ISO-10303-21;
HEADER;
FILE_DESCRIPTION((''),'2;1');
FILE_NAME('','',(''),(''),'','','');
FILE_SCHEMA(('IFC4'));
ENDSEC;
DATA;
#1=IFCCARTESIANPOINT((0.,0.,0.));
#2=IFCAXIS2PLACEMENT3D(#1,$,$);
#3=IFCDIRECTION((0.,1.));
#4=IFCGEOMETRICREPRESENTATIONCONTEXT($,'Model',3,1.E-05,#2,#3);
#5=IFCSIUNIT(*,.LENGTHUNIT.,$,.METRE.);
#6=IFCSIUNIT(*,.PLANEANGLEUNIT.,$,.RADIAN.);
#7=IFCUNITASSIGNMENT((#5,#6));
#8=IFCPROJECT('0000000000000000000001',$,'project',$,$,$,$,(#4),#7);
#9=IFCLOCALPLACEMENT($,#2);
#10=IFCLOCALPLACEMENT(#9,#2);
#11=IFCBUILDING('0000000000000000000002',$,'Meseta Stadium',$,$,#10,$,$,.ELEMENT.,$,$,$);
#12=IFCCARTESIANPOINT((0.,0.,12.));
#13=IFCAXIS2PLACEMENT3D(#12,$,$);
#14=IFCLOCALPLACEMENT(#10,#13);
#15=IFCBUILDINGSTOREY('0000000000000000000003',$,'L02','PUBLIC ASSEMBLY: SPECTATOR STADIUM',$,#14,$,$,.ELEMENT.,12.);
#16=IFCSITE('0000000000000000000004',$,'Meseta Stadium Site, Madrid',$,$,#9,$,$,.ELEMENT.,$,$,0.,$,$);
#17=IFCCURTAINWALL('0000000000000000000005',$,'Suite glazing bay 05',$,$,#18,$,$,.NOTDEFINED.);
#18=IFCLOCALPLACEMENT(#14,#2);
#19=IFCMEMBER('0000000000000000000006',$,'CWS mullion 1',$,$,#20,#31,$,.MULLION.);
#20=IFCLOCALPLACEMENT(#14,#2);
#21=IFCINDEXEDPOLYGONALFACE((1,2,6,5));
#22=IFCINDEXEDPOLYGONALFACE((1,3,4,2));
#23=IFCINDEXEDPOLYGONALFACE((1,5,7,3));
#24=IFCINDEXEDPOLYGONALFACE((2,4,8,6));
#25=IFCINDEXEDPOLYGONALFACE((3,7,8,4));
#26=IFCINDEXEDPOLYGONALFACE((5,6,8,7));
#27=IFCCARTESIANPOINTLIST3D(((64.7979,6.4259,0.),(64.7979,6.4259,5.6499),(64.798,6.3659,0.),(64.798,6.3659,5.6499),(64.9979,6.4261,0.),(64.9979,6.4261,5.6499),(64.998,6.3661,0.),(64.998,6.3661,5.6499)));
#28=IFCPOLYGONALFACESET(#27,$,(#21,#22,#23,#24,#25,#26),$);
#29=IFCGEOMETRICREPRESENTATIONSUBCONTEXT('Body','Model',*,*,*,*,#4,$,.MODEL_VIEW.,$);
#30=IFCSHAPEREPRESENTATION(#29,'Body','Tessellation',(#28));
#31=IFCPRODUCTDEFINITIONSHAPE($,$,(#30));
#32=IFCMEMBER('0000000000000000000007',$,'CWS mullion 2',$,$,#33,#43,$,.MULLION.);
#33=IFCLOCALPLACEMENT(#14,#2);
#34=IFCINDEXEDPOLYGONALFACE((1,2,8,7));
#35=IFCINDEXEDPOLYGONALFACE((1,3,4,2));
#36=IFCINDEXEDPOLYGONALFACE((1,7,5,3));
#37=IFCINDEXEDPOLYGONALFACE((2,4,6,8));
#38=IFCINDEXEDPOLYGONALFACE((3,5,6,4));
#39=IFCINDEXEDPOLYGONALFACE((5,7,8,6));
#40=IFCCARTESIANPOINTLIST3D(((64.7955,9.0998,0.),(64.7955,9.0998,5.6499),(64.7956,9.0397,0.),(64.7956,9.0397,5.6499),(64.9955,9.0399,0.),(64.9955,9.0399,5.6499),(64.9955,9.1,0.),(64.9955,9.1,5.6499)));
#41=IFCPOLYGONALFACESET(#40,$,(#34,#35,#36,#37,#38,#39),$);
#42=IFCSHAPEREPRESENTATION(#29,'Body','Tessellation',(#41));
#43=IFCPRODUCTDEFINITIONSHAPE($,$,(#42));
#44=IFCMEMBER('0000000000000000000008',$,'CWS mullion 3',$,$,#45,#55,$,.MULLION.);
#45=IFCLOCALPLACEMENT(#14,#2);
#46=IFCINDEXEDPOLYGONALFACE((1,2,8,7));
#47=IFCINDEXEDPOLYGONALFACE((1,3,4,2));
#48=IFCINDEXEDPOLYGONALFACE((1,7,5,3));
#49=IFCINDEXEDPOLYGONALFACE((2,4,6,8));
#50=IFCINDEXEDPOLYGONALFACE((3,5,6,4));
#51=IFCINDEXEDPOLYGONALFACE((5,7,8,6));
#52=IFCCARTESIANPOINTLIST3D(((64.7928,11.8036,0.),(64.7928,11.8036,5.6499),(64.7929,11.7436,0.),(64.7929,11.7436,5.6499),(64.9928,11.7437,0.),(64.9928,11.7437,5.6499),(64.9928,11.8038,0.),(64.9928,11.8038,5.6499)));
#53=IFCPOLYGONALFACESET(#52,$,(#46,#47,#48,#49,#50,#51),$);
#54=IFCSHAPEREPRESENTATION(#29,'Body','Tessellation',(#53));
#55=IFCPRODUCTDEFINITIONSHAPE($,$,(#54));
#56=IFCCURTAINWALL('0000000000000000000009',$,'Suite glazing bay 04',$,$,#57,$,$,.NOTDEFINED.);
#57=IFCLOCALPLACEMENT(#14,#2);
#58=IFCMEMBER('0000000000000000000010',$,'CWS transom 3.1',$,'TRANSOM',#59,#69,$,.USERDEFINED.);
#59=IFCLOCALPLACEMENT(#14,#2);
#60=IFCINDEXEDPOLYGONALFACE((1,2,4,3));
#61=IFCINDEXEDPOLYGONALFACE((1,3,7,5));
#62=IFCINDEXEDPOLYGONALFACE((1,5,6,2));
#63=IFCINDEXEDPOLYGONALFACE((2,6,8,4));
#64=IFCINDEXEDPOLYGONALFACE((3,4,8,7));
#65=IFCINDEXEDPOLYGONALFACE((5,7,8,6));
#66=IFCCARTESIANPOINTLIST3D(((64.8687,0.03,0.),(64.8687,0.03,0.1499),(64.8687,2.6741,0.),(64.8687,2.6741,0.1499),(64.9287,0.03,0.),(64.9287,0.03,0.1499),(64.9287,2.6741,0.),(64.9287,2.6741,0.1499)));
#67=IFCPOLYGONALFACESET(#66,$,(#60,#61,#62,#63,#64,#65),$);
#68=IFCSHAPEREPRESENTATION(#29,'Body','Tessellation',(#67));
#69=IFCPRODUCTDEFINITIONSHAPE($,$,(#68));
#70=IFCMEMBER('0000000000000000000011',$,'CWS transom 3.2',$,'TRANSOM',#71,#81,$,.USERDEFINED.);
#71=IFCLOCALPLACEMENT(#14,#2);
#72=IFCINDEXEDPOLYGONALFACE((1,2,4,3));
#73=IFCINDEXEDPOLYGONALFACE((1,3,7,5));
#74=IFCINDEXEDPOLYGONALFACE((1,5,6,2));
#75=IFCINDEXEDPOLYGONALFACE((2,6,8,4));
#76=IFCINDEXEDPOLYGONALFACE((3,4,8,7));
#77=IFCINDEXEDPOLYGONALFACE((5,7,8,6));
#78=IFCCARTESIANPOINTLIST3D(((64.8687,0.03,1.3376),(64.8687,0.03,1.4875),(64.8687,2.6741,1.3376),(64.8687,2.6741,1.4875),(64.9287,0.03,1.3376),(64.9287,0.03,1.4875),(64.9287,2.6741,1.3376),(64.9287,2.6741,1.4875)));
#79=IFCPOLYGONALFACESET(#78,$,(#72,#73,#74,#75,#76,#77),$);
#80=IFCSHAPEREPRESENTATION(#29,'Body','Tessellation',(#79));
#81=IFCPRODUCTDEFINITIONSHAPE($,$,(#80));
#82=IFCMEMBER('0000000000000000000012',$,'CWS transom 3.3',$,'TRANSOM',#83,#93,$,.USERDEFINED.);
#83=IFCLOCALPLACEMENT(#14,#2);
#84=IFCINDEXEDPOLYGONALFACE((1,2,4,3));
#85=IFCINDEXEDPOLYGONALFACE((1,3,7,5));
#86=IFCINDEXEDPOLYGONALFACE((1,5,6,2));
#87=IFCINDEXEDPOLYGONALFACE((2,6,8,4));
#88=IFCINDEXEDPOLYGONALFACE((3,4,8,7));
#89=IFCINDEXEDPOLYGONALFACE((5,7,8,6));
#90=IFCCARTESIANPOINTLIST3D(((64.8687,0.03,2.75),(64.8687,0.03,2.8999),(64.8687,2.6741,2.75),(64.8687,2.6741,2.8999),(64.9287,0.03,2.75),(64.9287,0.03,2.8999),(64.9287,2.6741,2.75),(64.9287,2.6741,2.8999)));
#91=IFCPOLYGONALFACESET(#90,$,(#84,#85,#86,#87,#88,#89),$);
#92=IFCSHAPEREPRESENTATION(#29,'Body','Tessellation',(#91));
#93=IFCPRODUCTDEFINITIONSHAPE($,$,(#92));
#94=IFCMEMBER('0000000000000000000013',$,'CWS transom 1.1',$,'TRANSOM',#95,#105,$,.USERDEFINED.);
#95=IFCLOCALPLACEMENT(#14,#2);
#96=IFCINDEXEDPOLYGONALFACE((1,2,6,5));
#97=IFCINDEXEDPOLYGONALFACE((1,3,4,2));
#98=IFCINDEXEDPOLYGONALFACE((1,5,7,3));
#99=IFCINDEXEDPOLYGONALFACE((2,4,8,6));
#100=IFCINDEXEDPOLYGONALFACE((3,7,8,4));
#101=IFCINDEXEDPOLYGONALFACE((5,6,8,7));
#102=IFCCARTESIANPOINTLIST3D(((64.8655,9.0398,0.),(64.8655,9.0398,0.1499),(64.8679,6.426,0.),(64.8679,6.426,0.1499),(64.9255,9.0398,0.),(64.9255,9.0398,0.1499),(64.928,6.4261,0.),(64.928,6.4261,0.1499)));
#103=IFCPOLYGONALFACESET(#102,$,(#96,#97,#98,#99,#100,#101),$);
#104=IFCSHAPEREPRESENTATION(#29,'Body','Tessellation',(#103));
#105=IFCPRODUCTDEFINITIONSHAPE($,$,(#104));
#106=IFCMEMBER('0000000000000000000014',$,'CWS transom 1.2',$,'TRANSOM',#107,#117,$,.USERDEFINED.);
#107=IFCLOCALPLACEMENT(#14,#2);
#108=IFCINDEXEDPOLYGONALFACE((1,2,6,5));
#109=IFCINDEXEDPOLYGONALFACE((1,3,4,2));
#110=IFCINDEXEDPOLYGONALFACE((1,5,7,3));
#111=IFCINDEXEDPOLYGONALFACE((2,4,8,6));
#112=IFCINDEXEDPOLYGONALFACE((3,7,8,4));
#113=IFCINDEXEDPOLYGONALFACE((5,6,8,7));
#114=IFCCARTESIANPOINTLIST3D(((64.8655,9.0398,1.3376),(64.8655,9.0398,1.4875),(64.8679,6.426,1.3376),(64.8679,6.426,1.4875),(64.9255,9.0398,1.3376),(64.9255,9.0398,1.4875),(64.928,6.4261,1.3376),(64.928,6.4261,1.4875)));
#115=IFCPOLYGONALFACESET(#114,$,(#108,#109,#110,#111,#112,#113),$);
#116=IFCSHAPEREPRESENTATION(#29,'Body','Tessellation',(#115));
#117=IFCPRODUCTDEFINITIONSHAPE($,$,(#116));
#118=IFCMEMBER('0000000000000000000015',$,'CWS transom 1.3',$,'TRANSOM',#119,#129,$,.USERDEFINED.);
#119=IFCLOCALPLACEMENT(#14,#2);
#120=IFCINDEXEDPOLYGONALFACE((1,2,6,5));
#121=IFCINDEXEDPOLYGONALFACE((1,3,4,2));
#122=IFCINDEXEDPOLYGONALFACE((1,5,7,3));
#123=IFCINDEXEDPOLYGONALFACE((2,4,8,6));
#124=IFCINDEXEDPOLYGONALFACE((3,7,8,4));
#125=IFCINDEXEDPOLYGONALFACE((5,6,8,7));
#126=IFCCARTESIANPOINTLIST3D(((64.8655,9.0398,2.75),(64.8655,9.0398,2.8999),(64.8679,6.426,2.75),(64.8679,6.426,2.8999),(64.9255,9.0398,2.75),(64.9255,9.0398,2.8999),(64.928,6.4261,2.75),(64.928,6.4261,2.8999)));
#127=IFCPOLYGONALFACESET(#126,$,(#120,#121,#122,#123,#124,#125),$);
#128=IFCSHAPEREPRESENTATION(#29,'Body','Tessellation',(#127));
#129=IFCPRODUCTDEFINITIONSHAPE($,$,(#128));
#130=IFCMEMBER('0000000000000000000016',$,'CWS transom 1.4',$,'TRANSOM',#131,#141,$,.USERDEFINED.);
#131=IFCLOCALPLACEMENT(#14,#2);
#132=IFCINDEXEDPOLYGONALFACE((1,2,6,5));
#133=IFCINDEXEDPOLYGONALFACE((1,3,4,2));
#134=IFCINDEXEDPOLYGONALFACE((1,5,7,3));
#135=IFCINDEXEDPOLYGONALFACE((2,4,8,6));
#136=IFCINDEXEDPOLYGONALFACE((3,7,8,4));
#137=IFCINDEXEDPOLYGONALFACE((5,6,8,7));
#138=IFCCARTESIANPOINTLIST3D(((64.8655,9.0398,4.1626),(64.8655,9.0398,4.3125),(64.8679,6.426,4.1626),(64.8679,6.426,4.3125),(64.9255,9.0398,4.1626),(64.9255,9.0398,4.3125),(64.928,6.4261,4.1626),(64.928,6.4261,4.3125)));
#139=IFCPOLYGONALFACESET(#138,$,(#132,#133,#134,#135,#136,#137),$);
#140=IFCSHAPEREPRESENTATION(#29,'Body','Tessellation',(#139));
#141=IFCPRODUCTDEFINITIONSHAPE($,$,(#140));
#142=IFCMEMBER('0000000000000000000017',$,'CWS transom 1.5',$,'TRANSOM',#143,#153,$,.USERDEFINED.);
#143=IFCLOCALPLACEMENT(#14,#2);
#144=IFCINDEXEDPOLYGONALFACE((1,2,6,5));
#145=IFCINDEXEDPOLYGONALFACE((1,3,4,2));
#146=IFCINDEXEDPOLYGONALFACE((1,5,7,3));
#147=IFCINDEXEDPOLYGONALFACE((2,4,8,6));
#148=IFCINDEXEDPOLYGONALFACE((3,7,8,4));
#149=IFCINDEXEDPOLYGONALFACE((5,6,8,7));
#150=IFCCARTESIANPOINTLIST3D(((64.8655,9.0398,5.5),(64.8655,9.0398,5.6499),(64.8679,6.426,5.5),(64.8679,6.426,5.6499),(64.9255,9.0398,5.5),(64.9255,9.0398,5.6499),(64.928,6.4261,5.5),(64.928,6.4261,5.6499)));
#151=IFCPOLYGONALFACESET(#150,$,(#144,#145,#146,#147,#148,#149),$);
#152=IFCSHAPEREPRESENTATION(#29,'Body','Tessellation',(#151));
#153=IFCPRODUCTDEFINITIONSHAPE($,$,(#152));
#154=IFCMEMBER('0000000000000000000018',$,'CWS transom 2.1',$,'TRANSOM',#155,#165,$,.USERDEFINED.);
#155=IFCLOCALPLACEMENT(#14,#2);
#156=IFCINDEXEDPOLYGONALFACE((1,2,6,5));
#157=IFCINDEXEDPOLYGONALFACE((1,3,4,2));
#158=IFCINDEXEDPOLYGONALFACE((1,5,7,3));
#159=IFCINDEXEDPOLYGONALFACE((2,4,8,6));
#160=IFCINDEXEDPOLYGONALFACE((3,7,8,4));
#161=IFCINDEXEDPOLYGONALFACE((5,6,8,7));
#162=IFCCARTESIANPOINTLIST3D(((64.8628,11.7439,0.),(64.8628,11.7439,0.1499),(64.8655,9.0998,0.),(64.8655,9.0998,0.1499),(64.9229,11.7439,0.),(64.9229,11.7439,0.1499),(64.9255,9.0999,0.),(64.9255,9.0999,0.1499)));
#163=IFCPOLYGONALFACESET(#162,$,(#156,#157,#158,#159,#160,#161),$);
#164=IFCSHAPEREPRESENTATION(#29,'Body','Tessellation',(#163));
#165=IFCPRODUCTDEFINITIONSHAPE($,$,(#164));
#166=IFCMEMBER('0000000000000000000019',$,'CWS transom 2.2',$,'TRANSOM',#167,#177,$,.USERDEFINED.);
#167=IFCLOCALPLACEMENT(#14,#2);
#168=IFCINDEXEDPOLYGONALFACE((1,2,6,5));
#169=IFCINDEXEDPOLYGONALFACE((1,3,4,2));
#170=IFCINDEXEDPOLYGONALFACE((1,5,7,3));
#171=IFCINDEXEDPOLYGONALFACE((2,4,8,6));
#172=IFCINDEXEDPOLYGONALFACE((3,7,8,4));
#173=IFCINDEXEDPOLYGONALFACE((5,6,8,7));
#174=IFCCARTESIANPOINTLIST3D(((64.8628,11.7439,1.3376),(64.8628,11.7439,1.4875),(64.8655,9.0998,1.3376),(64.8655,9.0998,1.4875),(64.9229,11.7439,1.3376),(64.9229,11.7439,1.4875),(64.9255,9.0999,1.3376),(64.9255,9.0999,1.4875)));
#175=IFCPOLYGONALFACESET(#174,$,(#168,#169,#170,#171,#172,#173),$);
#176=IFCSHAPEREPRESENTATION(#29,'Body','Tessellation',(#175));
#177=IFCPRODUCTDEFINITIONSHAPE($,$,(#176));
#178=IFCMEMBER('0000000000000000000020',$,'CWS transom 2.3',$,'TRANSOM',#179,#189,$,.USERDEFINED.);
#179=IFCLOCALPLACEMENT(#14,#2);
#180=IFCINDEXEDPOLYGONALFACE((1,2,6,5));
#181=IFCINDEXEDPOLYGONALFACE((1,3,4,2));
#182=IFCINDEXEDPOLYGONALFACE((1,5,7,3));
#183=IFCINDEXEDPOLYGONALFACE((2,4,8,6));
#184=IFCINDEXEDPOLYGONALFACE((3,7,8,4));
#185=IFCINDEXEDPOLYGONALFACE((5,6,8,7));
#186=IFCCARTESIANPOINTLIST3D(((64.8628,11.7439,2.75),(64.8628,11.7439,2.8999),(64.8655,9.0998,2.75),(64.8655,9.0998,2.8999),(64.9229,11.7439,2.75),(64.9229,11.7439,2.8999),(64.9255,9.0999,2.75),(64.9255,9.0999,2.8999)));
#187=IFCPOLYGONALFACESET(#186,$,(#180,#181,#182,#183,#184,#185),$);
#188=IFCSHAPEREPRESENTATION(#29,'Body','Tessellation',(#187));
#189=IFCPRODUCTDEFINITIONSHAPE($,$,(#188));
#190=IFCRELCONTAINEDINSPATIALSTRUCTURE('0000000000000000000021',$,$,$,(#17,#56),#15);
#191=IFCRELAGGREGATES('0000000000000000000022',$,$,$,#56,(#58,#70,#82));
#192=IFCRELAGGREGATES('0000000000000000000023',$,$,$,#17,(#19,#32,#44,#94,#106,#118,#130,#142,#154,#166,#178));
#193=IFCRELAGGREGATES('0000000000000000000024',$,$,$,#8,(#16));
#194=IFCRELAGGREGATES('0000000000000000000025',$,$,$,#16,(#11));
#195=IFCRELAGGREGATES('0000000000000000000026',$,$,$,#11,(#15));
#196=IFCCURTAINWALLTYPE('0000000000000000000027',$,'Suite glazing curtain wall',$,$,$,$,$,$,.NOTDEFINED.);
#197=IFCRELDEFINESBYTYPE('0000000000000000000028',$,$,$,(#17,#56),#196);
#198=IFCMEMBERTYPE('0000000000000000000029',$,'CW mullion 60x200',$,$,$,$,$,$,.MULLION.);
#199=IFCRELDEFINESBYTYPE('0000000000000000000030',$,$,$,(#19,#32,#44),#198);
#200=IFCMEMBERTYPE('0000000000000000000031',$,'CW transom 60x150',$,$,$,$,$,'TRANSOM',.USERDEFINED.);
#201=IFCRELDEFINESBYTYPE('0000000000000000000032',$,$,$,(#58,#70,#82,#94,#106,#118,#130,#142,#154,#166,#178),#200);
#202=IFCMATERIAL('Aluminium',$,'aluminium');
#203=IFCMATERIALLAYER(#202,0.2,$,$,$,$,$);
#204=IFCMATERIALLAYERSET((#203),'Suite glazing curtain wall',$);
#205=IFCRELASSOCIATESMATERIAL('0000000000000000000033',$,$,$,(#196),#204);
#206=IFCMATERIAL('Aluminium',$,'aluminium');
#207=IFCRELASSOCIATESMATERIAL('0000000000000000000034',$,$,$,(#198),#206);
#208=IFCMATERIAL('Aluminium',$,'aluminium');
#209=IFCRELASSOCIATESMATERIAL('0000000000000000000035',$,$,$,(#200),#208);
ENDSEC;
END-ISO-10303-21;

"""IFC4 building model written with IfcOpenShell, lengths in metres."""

from ifc_helpers import new_model, si_unit, direction, frame, origin, origin_2d, place, context, subcontext, project, spatial, rectangle, extrude, material, layer, layer_set, material_profile, profile_set, type_object, element, aggregate, save


model = new_model("IFC4")

# Units and contexts
model_context = context("Model", 3, precision=1e-05, world=origin(), true_north=direction((0.0, 1.0)))
body_context = subcontext(model_context, "Body", "Model", "MODEL_VIEW")
ifc_project = project(units=[si_unit("LENGTHUNIT", "METRE"), si_unit("PLANEANGLEUNIT", "RADIAN")], contexts=[model_context])

# Site, building, storey
site_placement = place(None, origin())
site = spatial("IfcSite", under=ifc_project, at=site_placement, Name="Meseta Stadium Site, Madrid", CompositionType="ELEMENT", RefElevation=0.0)
building_placement = place(site_placement, origin())
building = spatial("IfcBuilding", under=site, at=building_placement, Name="Meseta Stadium", CompositionType="ELEMENT")
storey_placement = place(building_placement, frame((0.0, 0.0, 12.0)))
storey = spatial("IfcBuildingStorey", under=building, at=storey_placement, Name="L02", Description="PUBLIC ASSEMBLY: SPECTATOR STADIUM", CompositionType="ELEMENT", Elevation=12.0)

# Curtain walls, members
ifc_material_1 = material(Name="Aluminium", Category="aluminium")
ifc_layer_1 = layer(ifc_material_1, 0.2)
ifc_layer_set_1 = layer_set([ifc_layer_1], Name="Suite glazing curtain wall")
curtain_wall_type = type_object("IfcCurtainWallType", Name="Suite glazing curtain wall", PredefinedType="NOTDEFINED", material=ifc_layer_set_1)
curtain_wall_1_placement = place(storey_placement, origin())
curtain_wall_1 = element("IfcCurtainWall", 1, at=curtain_wall_1_placement, inside=storey, type_object=curtain_wall_type, Name="Suite glazing bay 05", PredefinedType="NOTDEFINED")
ifc_material_2 = material(Name="Aluminium", Category="aluminium")
ifc_material_profile_1 = material_profile(ifc_material_2, rectangle(XDim=0.2, YDim=0.0601, at=origin_2d()), Name="CW 200x60")
ifc_profile_set_1 = profile_set([ifc_material_profile_1], Name="Aluminium")
member_type_1 = type_object("IfcMemberType", Name="CW mullion 60x200", PredefinedType="MULLION", material=ifc_profile_set_1)
member_1_placement = place(storey_placement, frame((64.8979, 6.396, 0.0), z_axis=(0.0, 0.0, 1.0), x_axis=(-1.0, -0.000975, 0.0)))
member_1 = element("IfcMember", 2, at=member_1_placement, type_object=member_type_1, Name="CWS mullion 1", PredefinedType="MULLION", context=body_context, shape_type="SweptSolid", body=[
    extrude(rectangle(XDim=0.2, YDim=0.0601, at=origin_2d()), origin(), (0.0, 0.0, 1.0), 5.6499),
])
member_2_placement = place(storey_placement, frame((64.8955, 9.0698, 0.0), z_axis=(0.0, 0.0, 1.0), x_axis=(-1.0, -0.000975, 0.0)))
member_2 = element("IfcMember", 3, at=member_2_placement, type_object=member_type_1, Name="CWS mullion 2", PredefinedType="MULLION", context=body_context, shape_type="SweptSolid", body=[
    extrude(rectangle(XDim=0.2, YDim=0.0601, at=origin_2d()), origin(), (0.0, 0.0, 1.0), 5.6499),
])
member_3_placement = place(storey_placement, frame((64.8928, 11.7737, 0.0), z_axis=(0.0, 0.0, 1.0), x_axis=(-1.0, -0.000975, 0.0)))
member_3 = element("IfcMember", 4, at=member_3_placement, type_object=member_type_1, Name="CWS mullion 3", PredefinedType="MULLION", context=body_context, shape_type="SweptSolid", body=[
    extrude(rectangle(XDim=0.2, YDim=0.0601, at=origin_2d()), origin(), (0.0, 0.0, 1.0), 5.6499),
])
curtain_wall_2_placement = place(storey_placement, origin())
curtain_wall_2 = element("IfcCurtainWall", 5, at=curtain_wall_2_placement, inside=storey, type_object=curtain_wall_type, Name="Suite glazing bay 04", PredefinedType="NOTDEFINED")
ifc_material_3 = material(Name="Aluminium", Category="aluminium")
ifc_material_profile_2 = material_profile(ifc_material_3, rectangle(XDim=0.0601, YDim=0.1499, at=origin_2d()), Name="CW 60x150")
ifc_profile_set_2 = profile_set([ifc_material_profile_2], Name="Aluminium")
member_type_2 = type_object("IfcMemberType", Name="CW transom 60x150", ElementType="TRANSOM", PredefinedType="USERDEFINED", material=ifc_profile_set_2)
member_4_placement = place(storey_placement, frame((64.8987, 0.03, 0.075), z_axis=(0.0, 1.0, 0.0), x_axis=(-1.0, 0.0, 0.0)))
member_4 = element("IfcMember", 6, at=member_4_placement, type_object=member_type_2, Name="CWS transom 3.1", ObjectType="TRANSOM", PredefinedType="USERDEFINED", context=body_context, shape_type="SweptSolid", body=[
    extrude(rectangle(XDim=0.0601, YDim=0.1499, at=origin_2d()), origin(), (0.0, 0.0, 1.0), 2.644),
])
member_5_placement = place(storey_placement, frame((64.8987, 0.03, 1.4126), z_axis=(0.0, 1.0, 0.0), x_axis=(-1.0, 0.0, 0.0)))
member_5 = element("IfcMember", 7, at=member_5_placement, type_object=member_type_2, Name="CWS transom 3.2", ObjectType="TRANSOM", PredefinedType="USERDEFINED", context=body_context, shape_type="SweptSolid", body=[
    extrude(rectangle(XDim=0.0601, YDim=0.1499, at=origin_2d()), origin(), (0.0, 0.0, 1.0), 2.644),
])
member_6_placement = place(storey_placement, frame((64.8987, 0.03, 2.825), z_axis=(0.0, 1.0, 0.0), x_axis=(-1.0, 0.0, 0.0)))
member_6 = element("IfcMember", 8, at=member_6_placement, type_object=member_type_2, Name="CWS transom 3.3", ObjectType="TRANSOM", PredefinedType="USERDEFINED", context=body_context, shape_type="SweptSolid", body=[
    extrude(rectangle(XDim=0.0601, YDim=0.1499, at=origin_2d()), origin(), (0.0, 0.0, 1.0), 2.644),
])
aggregate(curtain_wall_2, [member_4, member_5, member_6])

# Members
member_7_placement = place(storey_placement, frame((64.8979, 6.426, 0.075), z_axis=(-0.000934, 1.0, 0.0), x_axis=(-1.0, -0.000934, 0.0)))
member_7 = element("IfcMember", 9, at=member_7_placement, type_object=member_type_2, Name="CWS transom 1.1", ObjectType="TRANSOM", PredefinedType="USERDEFINED", context=body_context, shape_type="SweptSolid", body=[
    extrude(rectangle(XDim=0.0601, YDim=0.1499, at=origin_2d()), origin(), (0.0, 0.0, 1.0), 2.6138),
])
member_8_placement = place(storey_placement, frame((64.8979, 6.426, 1.4126), z_axis=(-0.000934, 1.0, 0.0), x_axis=(-1.0, -0.000934, 0.0)))
member_8 = element("IfcMember", 10, at=member_8_placement, type_object=member_type_2, Name="CWS transom 1.2", ObjectType="TRANSOM", PredefinedType="USERDEFINED", context=body_context, shape_type="SweptSolid", body=[
    extrude(rectangle(XDim=0.0601, YDim=0.1499, at=origin_2d()), origin(), (0.0, 0.0, 1.0), 2.6138),
])
member_9_placement = place(storey_placement, frame((64.8979, 6.426, 2.825), z_axis=(-0.000934, 1.0, 0.0), x_axis=(-1.0, -0.000934, 0.0)))
member_9 = element("IfcMember", 11, at=member_9_placement, type_object=member_type_2, Name="CWS transom 1.3", ObjectType="TRANSOM", PredefinedType="USERDEFINED", context=body_context, shape_type="SweptSolid", body=[
    extrude(rectangle(XDim=0.0601, YDim=0.1499, at=origin_2d()), origin(), (0.0, 0.0, 1.0), 2.6138),
])
member_10_placement = place(storey_placement, frame((64.8979, 6.426, 4.2375), z_axis=(-0.000934, 1.0, 0.0), x_axis=(-1.0, -0.000934, 0.0)))
member_10 = element("IfcMember", 12, at=member_10_placement, type_object=member_type_2, Name="CWS transom 1.4", ObjectType="TRANSOM", PredefinedType="USERDEFINED", context=body_context, shape_type="SweptSolid", body=[
    extrude(rectangle(XDim=0.0601, YDim=0.1499, at=origin_2d()), origin(), (0.0, 0.0, 1.0), 2.6138),
])
member_11_placement = place(storey_placement, frame((64.8979, 6.426, 5.575), z_axis=(-0.000934, 1.0, 0.0), x_axis=(-1.0, -0.000934, 0.0)))
member_11 = element("IfcMember", 13, at=member_11_placement, type_object=member_type_2, Name="CWS transom 1.5", ObjectType="TRANSOM", PredefinedType="USERDEFINED", context=body_context, shape_type="SweptSolid", body=[
    extrude(rectangle(XDim=0.0601, YDim=0.1499, at=origin_2d()), origin(), (0.0, 0.0, 1.0), 2.6138),
])
member_12_placement = place(storey_placement, frame((64.8955, 9.0999, 0.075), z_axis=(-0.001016, 0.999999, 0.0), x_axis=(-0.999999, -0.001016, 0.0)))
member_12 = element("IfcMember", 14, at=member_12_placement, type_object=member_type_2, Name="CWS transom 2.1", ObjectType="TRANSOM", PredefinedType="USERDEFINED", context=body_context, shape_type="SweptSolid", body=[
    extrude(rectangle(XDim=0.0601, YDim=0.1499, at=origin_2d()), origin(), (0.0, 0.0, 1.0), 2.644),
])
member_13_placement = place(storey_placement, frame((64.8955, 9.0999, 1.4126), z_axis=(-0.001016, 0.999999, 0.0), x_axis=(-0.999999, -0.001016, 0.0)))
member_13 = element("IfcMember", 15, at=member_13_placement, type_object=member_type_2, Name="CWS transom 2.2", ObjectType="TRANSOM", PredefinedType="USERDEFINED", context=body_context, shape_type="SweptSolid", body=[
    extrude(rectangle(XDim=0.0601, YDim=0.1499, at=origin_2d()), origin(), (0.0, 0.0, 1.0), 2.644),
])
member_14_placement = place(storey_placement, frame((64.8955, 9.0999, 2.825), z_axis=(-0.001016, 0.999999, 0.0), x_axis=(-0.999999, -0.001016, 0.0)))
member_14 = element("IfcMember", 16, at=member_14_placement, type_object=member_type_2, Name="CWS transom 2.3", ObjectType="TRANSOM", PredefinedType="USERDEFINED", context=body_context, shape_type="SweptSolid", body=[
    extrude(rectangle(XDim=0.0601, YDim=0.1499, at=origin_2d()), origin(), (0.0, 0.0, 1.0), 2.644),
])

aggregate(curtain_wall_1, [member_1, member_2, member_3, member_7, member_8, member_9, member_10, member_11, member_12, member_13, member_14])

save(model, "model.ifc")
